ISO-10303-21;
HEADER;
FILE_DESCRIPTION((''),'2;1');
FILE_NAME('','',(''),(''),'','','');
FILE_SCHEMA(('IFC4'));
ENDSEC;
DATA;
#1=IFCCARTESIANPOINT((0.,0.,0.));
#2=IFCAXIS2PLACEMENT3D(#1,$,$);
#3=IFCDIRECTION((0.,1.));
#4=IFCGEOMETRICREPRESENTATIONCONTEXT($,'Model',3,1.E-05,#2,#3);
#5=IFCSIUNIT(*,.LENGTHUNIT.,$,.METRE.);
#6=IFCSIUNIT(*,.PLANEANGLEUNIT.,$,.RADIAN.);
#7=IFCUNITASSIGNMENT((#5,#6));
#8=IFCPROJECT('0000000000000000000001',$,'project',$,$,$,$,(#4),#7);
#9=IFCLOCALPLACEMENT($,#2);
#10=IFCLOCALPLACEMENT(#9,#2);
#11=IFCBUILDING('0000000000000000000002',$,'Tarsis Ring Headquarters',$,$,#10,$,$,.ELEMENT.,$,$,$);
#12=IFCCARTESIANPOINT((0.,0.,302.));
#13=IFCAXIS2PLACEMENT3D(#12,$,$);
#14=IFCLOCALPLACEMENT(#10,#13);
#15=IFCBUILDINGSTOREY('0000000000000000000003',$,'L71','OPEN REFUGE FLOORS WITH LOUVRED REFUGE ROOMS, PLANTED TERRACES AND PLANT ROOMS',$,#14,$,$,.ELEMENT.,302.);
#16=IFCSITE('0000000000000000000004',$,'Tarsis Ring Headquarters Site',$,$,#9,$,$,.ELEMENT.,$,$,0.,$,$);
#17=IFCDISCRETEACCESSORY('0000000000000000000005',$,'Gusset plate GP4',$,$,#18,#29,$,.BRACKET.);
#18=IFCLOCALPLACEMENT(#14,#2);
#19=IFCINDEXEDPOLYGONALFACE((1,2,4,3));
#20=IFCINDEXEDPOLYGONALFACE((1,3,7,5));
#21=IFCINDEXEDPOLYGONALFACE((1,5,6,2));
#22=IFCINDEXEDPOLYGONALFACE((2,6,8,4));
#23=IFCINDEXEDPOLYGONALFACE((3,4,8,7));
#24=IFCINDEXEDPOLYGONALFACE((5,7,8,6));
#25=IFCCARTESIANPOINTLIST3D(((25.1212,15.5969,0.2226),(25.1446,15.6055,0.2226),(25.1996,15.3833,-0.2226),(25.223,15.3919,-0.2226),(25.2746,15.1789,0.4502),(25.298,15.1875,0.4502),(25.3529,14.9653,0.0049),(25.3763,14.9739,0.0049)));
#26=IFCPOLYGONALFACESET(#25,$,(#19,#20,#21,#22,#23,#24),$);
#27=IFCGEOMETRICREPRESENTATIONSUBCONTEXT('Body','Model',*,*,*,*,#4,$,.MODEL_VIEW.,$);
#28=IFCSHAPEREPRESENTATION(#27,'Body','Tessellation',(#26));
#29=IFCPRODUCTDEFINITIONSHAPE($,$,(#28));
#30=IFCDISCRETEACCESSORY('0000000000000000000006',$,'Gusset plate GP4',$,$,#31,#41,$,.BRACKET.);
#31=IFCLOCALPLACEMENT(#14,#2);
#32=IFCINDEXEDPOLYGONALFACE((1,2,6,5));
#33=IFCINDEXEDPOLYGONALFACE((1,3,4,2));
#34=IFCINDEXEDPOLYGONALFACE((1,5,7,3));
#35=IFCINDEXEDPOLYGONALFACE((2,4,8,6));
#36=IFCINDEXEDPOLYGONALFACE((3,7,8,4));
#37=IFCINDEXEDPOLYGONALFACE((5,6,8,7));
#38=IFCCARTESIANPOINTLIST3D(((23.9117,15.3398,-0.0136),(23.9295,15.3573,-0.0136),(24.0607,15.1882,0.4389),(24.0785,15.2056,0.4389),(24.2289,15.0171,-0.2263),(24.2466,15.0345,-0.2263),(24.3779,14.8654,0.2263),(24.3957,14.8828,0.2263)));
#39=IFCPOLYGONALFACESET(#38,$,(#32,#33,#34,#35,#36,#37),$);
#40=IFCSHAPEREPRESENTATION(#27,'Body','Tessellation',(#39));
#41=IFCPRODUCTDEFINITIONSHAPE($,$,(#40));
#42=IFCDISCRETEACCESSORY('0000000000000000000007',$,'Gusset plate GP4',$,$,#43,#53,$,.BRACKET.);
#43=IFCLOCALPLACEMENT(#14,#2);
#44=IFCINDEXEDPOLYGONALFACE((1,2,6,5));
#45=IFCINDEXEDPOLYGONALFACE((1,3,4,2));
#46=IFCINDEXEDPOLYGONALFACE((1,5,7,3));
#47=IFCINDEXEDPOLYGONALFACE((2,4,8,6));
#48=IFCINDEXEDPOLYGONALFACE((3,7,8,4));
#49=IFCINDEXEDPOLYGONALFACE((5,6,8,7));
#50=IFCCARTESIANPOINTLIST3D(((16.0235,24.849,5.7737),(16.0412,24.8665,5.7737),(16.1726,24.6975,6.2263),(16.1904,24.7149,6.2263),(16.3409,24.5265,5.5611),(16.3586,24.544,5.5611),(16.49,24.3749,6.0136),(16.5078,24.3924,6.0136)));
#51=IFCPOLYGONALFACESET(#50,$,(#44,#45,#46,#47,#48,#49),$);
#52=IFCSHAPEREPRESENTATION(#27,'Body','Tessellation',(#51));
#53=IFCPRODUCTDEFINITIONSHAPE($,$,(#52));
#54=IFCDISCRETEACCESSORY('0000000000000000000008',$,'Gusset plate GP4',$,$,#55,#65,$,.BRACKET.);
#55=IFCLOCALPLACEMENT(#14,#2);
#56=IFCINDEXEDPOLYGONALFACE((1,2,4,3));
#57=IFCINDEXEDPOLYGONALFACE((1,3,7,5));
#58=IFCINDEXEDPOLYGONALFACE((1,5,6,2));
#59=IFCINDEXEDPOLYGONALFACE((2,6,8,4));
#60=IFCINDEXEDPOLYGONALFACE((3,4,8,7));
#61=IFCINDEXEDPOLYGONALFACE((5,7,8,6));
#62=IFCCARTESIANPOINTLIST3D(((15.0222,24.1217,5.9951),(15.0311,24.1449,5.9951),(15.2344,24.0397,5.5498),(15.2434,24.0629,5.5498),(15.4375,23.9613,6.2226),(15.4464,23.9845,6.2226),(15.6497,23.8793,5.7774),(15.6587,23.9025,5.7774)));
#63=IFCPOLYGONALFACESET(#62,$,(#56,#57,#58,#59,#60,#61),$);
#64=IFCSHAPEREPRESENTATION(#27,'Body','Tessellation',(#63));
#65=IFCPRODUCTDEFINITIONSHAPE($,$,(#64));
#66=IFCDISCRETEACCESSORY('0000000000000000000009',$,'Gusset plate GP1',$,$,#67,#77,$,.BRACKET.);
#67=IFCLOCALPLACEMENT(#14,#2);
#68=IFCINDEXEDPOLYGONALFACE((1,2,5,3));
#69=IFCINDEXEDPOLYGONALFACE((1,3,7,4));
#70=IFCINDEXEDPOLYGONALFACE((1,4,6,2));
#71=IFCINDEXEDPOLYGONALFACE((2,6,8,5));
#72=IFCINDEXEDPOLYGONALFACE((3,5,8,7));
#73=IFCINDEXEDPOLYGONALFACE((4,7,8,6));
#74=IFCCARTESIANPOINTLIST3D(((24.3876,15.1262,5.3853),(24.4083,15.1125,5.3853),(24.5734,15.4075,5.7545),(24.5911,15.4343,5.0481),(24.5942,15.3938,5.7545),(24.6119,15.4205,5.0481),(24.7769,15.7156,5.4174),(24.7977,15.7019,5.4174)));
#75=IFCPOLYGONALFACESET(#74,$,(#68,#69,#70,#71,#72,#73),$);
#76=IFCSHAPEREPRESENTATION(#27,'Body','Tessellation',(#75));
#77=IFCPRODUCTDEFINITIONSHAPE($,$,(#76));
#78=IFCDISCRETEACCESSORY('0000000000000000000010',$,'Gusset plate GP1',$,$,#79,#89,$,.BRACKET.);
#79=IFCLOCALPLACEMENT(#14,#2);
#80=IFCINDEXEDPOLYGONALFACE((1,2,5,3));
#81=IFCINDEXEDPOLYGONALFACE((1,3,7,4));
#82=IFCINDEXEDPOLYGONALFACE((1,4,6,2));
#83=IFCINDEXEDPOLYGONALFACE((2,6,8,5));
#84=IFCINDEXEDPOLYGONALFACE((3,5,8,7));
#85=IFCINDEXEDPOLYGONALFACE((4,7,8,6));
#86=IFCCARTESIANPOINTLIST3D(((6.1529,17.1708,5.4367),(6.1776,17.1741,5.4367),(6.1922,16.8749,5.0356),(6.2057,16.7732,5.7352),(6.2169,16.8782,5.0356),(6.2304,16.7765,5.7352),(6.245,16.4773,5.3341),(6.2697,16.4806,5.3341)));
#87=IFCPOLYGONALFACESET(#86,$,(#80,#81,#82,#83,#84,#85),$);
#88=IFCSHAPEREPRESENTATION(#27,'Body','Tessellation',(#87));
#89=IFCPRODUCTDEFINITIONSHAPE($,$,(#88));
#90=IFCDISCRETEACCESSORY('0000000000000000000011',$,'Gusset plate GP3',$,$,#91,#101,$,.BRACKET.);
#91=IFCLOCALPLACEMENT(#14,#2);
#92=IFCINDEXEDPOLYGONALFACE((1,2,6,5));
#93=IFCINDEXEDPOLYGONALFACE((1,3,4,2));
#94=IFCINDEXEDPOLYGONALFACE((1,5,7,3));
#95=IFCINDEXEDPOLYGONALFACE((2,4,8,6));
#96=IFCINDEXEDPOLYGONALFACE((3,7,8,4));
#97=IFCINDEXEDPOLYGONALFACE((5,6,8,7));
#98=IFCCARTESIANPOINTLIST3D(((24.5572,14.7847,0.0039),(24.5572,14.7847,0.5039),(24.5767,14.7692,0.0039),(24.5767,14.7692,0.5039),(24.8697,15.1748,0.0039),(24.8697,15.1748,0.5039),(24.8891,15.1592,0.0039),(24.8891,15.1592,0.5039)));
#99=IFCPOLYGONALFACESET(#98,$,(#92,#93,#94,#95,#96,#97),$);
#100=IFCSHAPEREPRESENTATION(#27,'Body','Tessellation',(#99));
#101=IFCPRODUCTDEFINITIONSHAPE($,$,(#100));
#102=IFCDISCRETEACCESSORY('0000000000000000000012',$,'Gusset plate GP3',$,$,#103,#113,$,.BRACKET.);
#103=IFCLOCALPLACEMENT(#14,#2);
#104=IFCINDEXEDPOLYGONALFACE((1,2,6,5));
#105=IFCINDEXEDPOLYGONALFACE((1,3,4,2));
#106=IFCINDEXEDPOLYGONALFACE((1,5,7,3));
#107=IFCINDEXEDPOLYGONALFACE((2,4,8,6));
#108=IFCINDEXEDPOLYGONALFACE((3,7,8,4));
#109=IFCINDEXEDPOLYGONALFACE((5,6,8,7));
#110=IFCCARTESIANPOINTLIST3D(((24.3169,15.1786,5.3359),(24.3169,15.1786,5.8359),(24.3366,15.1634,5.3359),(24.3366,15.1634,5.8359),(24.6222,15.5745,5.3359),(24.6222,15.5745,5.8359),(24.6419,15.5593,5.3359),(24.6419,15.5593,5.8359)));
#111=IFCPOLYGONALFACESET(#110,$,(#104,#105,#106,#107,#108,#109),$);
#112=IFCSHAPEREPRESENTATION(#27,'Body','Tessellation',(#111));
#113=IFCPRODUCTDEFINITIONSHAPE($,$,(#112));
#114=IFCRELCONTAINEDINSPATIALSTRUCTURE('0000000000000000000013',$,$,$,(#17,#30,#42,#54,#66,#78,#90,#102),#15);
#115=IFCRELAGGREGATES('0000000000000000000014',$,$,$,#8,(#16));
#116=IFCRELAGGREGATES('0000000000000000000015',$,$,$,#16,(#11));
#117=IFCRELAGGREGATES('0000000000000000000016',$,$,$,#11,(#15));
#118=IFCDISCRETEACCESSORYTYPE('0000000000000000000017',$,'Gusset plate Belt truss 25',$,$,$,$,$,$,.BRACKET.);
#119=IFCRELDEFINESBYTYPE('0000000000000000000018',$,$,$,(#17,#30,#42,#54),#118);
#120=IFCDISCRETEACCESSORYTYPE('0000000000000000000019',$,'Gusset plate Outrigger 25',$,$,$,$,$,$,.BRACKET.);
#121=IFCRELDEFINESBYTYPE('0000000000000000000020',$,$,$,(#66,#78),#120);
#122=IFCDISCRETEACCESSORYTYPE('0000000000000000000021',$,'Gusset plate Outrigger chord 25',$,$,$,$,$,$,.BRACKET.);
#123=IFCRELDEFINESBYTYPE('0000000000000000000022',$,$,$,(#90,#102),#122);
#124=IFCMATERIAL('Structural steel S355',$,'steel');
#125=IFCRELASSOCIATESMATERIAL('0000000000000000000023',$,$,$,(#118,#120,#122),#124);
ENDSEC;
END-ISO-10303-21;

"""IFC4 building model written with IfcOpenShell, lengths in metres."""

from ifc_helpers import new_model, si_unit, direction, frame, origin, origin_2d, place, context, subcontext, project, spatial, rectangle, extrude, material, material_profile, profile_set, type_object, element, save


model = new_model("IFC4")

# Units and contexts
model_context = context("Model", 3, precision=1e-05, world=origin(), true_north=direction((0.0, 1.0)))
body_context = subcontext(model_context, "Body", "Model", "MODEL_VIEW")
ifc_project = project(units=[si_unit("LENGTHUNIT", "METRE"), si_unit("PLANEANGLEUNIT", "RADIAN")], contexts=[model_context])

# Site, building, storey
site_placement = place(None, origin())
site = spatial("IfcSite", under=ifc_project, at=site_placement, Name="Tarsis Ring Headquarters Site", CompositionType="ELEMENT", RefElevation=0.0)
building_placement = place(site_placement, origin())
building = spatial("IfcBuilding", under=site, at=building_placement, Name="Tarsis Ring Headquarters", CompositionType="ELEMENT")
storey_placement = place(building_placement, frame((0.0, 0.0, 302.0)))
storey = spatial("IfcBuildingStorey", under=building, at=storey_placement, Name="L71", Description="OPEN REFUGE FLOORS WITH LOUVRED REFUGE ROOMS, PLANTED TERRACES AND PLANT ROOMS", CompositionType="ELEMENT", Elevation=302.0)

# Shared definitions
ifc_material_1 = material(Name="Structural steel S355", Category="steel")

# Discrete accessories
ifc_material_profile_1 = material_profile(ifc_material_1, rectangle(XDim=0.0249, YDim=0.5, at=origin_2d()), Name="PL 25x500")
ifc_profile_set_1 = profile_set([ifc_material_profile_1], Name="Structural steel S355")
discrete_accessory_type_1 = type_object("IfcDiscreteAccessoryType", Name="Gusset plate Belt truss 25", PredefinedType="BRACKET", material=ifc_profile_set_1)
for number, where, z_axis, x_axis, name in (
    (1, (25.1721, 15.4944, 0.0), (0.306653, -0.835973, 0.455097), (0.938829, 0.344384, 0.0), "Gusset plate GP4"),
    (2, (24.3123, 14.95, 0.0), (-0.634321, 0.645552, 0.425322), (-0.713284, -0.700875, 0.0), "Gusset plate GP4"),
    (3, (16.1069, 24.782, 6.0), (0.634813, -0.645067, -0.425325), (0.712749, 0.701419, 0.0), "Gusset plate GP4"),
    (4, (15.5481, 23.9319, 6.0), (-0.830629, 0.320825, -0.455112), (-0.360302, -0.932836, 0.0), "Gusset plate GP4"),
):
    element("IfcDiscreteAccessory", number, at=place(storey_placement, frame(where, z_axis=z_axis, x_axis=x_axis)), inside=storey, type_object=discrete_accessory_type_1, Name=name, PredefinedType="BRACKET", context=body_context, shape_type="SweptSolid", body=[
        extrude(rectangle(XDim=0.0249, YDim=0.5, at=origin_2d()), origin(), (0.0, 0.0, 1.0), 0.5),
    ])
discrete_accessory_type_2 = type_object("IfcDiscreteAccessoryType", Name="Gusset plate Outrigger 25", PredefinedType="BRACKET", material=ifc_profile_set_1)
for number, where, z_axis, x_axis, name in (
    (5, (24.6855, 15.5547, 5.5859), (-0.371668, -0.56263, -0.738452), (0.834383, -0.551185, 0.0), "Gusset plate GP1"),
    (6, (6.1917, 16.9736, 5.5859), (0.078613, -0.591796, -0.802245), (0.991292, 0.131682, 0.0), "Gusset plate GP1"),
):
    element("IfcDiscreteAccessory", number, at=place(storey_placement, frame(where, z_axis=z_axis, x_axis=x_axis)), inside=storey, type_object=discrete_accessory_type_2, Name=name, PredefinedType="BRACKET", context=body_context, shape_type="SweptSolid", body=[
        extrude(rectangle(XDim=0.0249, YDim=0.5, at=origin_2d()), origin(), (0.0, 0.0, 1.0), 0.5),
    ])
discrete_accessory_type_3 = type_object("IfcDiscreteAccessoryType", Name="Gusset plate Outrigger chord 25", PredefinedType="BRACKET", material=ifc_profile_set_1)
discrete_accessory_1_placement = place(storey_placement, frame((24.8794, 15.167, 0.2539), z_axis=(-0.625171, -0.780487, 0.0), x_axis=(0.780487, -0.625171, 0.0)))
element("IfcDiscreteAccessory", 7, at=discrete_accessory_1_placement, inside=storey, type_object=discrete_accessory_type_3, Name="Gusset plate GP3", PredefinedType="BRACKET", context=body_context, shape_type="SweptSolid", body=[
    extrude(rectangle(XDim=0.0249, YDim=0.5, at=origin_2d()), origin(), (0.0, 0.0, 1.0), 0.4998),
])
discrete_accessory_2_placement = place(storey_placement, frame((24.6321, 15.5669, 5.5859), z_axis=(-0.610725, -0.791843, 0.0), x_axis=(0.791843, -0.610725, 0.0)))
element("IfcDiscreteAccessory", 8, at=discrete_accessory_2_placement, inside=storey, type_object=discrete_accessory_type_3, Name="Gusset plate GP3", PredefinedType="BRACKET", context=body_context, shape_type="SweptSolid", body=[
    extrude(rectangle(XDim=0.0249, YDim=0.5, at=origin_2d()), origin(), (0.0, 0.0, 1.0), 0.5),
])

save(model, "model.ifc")
